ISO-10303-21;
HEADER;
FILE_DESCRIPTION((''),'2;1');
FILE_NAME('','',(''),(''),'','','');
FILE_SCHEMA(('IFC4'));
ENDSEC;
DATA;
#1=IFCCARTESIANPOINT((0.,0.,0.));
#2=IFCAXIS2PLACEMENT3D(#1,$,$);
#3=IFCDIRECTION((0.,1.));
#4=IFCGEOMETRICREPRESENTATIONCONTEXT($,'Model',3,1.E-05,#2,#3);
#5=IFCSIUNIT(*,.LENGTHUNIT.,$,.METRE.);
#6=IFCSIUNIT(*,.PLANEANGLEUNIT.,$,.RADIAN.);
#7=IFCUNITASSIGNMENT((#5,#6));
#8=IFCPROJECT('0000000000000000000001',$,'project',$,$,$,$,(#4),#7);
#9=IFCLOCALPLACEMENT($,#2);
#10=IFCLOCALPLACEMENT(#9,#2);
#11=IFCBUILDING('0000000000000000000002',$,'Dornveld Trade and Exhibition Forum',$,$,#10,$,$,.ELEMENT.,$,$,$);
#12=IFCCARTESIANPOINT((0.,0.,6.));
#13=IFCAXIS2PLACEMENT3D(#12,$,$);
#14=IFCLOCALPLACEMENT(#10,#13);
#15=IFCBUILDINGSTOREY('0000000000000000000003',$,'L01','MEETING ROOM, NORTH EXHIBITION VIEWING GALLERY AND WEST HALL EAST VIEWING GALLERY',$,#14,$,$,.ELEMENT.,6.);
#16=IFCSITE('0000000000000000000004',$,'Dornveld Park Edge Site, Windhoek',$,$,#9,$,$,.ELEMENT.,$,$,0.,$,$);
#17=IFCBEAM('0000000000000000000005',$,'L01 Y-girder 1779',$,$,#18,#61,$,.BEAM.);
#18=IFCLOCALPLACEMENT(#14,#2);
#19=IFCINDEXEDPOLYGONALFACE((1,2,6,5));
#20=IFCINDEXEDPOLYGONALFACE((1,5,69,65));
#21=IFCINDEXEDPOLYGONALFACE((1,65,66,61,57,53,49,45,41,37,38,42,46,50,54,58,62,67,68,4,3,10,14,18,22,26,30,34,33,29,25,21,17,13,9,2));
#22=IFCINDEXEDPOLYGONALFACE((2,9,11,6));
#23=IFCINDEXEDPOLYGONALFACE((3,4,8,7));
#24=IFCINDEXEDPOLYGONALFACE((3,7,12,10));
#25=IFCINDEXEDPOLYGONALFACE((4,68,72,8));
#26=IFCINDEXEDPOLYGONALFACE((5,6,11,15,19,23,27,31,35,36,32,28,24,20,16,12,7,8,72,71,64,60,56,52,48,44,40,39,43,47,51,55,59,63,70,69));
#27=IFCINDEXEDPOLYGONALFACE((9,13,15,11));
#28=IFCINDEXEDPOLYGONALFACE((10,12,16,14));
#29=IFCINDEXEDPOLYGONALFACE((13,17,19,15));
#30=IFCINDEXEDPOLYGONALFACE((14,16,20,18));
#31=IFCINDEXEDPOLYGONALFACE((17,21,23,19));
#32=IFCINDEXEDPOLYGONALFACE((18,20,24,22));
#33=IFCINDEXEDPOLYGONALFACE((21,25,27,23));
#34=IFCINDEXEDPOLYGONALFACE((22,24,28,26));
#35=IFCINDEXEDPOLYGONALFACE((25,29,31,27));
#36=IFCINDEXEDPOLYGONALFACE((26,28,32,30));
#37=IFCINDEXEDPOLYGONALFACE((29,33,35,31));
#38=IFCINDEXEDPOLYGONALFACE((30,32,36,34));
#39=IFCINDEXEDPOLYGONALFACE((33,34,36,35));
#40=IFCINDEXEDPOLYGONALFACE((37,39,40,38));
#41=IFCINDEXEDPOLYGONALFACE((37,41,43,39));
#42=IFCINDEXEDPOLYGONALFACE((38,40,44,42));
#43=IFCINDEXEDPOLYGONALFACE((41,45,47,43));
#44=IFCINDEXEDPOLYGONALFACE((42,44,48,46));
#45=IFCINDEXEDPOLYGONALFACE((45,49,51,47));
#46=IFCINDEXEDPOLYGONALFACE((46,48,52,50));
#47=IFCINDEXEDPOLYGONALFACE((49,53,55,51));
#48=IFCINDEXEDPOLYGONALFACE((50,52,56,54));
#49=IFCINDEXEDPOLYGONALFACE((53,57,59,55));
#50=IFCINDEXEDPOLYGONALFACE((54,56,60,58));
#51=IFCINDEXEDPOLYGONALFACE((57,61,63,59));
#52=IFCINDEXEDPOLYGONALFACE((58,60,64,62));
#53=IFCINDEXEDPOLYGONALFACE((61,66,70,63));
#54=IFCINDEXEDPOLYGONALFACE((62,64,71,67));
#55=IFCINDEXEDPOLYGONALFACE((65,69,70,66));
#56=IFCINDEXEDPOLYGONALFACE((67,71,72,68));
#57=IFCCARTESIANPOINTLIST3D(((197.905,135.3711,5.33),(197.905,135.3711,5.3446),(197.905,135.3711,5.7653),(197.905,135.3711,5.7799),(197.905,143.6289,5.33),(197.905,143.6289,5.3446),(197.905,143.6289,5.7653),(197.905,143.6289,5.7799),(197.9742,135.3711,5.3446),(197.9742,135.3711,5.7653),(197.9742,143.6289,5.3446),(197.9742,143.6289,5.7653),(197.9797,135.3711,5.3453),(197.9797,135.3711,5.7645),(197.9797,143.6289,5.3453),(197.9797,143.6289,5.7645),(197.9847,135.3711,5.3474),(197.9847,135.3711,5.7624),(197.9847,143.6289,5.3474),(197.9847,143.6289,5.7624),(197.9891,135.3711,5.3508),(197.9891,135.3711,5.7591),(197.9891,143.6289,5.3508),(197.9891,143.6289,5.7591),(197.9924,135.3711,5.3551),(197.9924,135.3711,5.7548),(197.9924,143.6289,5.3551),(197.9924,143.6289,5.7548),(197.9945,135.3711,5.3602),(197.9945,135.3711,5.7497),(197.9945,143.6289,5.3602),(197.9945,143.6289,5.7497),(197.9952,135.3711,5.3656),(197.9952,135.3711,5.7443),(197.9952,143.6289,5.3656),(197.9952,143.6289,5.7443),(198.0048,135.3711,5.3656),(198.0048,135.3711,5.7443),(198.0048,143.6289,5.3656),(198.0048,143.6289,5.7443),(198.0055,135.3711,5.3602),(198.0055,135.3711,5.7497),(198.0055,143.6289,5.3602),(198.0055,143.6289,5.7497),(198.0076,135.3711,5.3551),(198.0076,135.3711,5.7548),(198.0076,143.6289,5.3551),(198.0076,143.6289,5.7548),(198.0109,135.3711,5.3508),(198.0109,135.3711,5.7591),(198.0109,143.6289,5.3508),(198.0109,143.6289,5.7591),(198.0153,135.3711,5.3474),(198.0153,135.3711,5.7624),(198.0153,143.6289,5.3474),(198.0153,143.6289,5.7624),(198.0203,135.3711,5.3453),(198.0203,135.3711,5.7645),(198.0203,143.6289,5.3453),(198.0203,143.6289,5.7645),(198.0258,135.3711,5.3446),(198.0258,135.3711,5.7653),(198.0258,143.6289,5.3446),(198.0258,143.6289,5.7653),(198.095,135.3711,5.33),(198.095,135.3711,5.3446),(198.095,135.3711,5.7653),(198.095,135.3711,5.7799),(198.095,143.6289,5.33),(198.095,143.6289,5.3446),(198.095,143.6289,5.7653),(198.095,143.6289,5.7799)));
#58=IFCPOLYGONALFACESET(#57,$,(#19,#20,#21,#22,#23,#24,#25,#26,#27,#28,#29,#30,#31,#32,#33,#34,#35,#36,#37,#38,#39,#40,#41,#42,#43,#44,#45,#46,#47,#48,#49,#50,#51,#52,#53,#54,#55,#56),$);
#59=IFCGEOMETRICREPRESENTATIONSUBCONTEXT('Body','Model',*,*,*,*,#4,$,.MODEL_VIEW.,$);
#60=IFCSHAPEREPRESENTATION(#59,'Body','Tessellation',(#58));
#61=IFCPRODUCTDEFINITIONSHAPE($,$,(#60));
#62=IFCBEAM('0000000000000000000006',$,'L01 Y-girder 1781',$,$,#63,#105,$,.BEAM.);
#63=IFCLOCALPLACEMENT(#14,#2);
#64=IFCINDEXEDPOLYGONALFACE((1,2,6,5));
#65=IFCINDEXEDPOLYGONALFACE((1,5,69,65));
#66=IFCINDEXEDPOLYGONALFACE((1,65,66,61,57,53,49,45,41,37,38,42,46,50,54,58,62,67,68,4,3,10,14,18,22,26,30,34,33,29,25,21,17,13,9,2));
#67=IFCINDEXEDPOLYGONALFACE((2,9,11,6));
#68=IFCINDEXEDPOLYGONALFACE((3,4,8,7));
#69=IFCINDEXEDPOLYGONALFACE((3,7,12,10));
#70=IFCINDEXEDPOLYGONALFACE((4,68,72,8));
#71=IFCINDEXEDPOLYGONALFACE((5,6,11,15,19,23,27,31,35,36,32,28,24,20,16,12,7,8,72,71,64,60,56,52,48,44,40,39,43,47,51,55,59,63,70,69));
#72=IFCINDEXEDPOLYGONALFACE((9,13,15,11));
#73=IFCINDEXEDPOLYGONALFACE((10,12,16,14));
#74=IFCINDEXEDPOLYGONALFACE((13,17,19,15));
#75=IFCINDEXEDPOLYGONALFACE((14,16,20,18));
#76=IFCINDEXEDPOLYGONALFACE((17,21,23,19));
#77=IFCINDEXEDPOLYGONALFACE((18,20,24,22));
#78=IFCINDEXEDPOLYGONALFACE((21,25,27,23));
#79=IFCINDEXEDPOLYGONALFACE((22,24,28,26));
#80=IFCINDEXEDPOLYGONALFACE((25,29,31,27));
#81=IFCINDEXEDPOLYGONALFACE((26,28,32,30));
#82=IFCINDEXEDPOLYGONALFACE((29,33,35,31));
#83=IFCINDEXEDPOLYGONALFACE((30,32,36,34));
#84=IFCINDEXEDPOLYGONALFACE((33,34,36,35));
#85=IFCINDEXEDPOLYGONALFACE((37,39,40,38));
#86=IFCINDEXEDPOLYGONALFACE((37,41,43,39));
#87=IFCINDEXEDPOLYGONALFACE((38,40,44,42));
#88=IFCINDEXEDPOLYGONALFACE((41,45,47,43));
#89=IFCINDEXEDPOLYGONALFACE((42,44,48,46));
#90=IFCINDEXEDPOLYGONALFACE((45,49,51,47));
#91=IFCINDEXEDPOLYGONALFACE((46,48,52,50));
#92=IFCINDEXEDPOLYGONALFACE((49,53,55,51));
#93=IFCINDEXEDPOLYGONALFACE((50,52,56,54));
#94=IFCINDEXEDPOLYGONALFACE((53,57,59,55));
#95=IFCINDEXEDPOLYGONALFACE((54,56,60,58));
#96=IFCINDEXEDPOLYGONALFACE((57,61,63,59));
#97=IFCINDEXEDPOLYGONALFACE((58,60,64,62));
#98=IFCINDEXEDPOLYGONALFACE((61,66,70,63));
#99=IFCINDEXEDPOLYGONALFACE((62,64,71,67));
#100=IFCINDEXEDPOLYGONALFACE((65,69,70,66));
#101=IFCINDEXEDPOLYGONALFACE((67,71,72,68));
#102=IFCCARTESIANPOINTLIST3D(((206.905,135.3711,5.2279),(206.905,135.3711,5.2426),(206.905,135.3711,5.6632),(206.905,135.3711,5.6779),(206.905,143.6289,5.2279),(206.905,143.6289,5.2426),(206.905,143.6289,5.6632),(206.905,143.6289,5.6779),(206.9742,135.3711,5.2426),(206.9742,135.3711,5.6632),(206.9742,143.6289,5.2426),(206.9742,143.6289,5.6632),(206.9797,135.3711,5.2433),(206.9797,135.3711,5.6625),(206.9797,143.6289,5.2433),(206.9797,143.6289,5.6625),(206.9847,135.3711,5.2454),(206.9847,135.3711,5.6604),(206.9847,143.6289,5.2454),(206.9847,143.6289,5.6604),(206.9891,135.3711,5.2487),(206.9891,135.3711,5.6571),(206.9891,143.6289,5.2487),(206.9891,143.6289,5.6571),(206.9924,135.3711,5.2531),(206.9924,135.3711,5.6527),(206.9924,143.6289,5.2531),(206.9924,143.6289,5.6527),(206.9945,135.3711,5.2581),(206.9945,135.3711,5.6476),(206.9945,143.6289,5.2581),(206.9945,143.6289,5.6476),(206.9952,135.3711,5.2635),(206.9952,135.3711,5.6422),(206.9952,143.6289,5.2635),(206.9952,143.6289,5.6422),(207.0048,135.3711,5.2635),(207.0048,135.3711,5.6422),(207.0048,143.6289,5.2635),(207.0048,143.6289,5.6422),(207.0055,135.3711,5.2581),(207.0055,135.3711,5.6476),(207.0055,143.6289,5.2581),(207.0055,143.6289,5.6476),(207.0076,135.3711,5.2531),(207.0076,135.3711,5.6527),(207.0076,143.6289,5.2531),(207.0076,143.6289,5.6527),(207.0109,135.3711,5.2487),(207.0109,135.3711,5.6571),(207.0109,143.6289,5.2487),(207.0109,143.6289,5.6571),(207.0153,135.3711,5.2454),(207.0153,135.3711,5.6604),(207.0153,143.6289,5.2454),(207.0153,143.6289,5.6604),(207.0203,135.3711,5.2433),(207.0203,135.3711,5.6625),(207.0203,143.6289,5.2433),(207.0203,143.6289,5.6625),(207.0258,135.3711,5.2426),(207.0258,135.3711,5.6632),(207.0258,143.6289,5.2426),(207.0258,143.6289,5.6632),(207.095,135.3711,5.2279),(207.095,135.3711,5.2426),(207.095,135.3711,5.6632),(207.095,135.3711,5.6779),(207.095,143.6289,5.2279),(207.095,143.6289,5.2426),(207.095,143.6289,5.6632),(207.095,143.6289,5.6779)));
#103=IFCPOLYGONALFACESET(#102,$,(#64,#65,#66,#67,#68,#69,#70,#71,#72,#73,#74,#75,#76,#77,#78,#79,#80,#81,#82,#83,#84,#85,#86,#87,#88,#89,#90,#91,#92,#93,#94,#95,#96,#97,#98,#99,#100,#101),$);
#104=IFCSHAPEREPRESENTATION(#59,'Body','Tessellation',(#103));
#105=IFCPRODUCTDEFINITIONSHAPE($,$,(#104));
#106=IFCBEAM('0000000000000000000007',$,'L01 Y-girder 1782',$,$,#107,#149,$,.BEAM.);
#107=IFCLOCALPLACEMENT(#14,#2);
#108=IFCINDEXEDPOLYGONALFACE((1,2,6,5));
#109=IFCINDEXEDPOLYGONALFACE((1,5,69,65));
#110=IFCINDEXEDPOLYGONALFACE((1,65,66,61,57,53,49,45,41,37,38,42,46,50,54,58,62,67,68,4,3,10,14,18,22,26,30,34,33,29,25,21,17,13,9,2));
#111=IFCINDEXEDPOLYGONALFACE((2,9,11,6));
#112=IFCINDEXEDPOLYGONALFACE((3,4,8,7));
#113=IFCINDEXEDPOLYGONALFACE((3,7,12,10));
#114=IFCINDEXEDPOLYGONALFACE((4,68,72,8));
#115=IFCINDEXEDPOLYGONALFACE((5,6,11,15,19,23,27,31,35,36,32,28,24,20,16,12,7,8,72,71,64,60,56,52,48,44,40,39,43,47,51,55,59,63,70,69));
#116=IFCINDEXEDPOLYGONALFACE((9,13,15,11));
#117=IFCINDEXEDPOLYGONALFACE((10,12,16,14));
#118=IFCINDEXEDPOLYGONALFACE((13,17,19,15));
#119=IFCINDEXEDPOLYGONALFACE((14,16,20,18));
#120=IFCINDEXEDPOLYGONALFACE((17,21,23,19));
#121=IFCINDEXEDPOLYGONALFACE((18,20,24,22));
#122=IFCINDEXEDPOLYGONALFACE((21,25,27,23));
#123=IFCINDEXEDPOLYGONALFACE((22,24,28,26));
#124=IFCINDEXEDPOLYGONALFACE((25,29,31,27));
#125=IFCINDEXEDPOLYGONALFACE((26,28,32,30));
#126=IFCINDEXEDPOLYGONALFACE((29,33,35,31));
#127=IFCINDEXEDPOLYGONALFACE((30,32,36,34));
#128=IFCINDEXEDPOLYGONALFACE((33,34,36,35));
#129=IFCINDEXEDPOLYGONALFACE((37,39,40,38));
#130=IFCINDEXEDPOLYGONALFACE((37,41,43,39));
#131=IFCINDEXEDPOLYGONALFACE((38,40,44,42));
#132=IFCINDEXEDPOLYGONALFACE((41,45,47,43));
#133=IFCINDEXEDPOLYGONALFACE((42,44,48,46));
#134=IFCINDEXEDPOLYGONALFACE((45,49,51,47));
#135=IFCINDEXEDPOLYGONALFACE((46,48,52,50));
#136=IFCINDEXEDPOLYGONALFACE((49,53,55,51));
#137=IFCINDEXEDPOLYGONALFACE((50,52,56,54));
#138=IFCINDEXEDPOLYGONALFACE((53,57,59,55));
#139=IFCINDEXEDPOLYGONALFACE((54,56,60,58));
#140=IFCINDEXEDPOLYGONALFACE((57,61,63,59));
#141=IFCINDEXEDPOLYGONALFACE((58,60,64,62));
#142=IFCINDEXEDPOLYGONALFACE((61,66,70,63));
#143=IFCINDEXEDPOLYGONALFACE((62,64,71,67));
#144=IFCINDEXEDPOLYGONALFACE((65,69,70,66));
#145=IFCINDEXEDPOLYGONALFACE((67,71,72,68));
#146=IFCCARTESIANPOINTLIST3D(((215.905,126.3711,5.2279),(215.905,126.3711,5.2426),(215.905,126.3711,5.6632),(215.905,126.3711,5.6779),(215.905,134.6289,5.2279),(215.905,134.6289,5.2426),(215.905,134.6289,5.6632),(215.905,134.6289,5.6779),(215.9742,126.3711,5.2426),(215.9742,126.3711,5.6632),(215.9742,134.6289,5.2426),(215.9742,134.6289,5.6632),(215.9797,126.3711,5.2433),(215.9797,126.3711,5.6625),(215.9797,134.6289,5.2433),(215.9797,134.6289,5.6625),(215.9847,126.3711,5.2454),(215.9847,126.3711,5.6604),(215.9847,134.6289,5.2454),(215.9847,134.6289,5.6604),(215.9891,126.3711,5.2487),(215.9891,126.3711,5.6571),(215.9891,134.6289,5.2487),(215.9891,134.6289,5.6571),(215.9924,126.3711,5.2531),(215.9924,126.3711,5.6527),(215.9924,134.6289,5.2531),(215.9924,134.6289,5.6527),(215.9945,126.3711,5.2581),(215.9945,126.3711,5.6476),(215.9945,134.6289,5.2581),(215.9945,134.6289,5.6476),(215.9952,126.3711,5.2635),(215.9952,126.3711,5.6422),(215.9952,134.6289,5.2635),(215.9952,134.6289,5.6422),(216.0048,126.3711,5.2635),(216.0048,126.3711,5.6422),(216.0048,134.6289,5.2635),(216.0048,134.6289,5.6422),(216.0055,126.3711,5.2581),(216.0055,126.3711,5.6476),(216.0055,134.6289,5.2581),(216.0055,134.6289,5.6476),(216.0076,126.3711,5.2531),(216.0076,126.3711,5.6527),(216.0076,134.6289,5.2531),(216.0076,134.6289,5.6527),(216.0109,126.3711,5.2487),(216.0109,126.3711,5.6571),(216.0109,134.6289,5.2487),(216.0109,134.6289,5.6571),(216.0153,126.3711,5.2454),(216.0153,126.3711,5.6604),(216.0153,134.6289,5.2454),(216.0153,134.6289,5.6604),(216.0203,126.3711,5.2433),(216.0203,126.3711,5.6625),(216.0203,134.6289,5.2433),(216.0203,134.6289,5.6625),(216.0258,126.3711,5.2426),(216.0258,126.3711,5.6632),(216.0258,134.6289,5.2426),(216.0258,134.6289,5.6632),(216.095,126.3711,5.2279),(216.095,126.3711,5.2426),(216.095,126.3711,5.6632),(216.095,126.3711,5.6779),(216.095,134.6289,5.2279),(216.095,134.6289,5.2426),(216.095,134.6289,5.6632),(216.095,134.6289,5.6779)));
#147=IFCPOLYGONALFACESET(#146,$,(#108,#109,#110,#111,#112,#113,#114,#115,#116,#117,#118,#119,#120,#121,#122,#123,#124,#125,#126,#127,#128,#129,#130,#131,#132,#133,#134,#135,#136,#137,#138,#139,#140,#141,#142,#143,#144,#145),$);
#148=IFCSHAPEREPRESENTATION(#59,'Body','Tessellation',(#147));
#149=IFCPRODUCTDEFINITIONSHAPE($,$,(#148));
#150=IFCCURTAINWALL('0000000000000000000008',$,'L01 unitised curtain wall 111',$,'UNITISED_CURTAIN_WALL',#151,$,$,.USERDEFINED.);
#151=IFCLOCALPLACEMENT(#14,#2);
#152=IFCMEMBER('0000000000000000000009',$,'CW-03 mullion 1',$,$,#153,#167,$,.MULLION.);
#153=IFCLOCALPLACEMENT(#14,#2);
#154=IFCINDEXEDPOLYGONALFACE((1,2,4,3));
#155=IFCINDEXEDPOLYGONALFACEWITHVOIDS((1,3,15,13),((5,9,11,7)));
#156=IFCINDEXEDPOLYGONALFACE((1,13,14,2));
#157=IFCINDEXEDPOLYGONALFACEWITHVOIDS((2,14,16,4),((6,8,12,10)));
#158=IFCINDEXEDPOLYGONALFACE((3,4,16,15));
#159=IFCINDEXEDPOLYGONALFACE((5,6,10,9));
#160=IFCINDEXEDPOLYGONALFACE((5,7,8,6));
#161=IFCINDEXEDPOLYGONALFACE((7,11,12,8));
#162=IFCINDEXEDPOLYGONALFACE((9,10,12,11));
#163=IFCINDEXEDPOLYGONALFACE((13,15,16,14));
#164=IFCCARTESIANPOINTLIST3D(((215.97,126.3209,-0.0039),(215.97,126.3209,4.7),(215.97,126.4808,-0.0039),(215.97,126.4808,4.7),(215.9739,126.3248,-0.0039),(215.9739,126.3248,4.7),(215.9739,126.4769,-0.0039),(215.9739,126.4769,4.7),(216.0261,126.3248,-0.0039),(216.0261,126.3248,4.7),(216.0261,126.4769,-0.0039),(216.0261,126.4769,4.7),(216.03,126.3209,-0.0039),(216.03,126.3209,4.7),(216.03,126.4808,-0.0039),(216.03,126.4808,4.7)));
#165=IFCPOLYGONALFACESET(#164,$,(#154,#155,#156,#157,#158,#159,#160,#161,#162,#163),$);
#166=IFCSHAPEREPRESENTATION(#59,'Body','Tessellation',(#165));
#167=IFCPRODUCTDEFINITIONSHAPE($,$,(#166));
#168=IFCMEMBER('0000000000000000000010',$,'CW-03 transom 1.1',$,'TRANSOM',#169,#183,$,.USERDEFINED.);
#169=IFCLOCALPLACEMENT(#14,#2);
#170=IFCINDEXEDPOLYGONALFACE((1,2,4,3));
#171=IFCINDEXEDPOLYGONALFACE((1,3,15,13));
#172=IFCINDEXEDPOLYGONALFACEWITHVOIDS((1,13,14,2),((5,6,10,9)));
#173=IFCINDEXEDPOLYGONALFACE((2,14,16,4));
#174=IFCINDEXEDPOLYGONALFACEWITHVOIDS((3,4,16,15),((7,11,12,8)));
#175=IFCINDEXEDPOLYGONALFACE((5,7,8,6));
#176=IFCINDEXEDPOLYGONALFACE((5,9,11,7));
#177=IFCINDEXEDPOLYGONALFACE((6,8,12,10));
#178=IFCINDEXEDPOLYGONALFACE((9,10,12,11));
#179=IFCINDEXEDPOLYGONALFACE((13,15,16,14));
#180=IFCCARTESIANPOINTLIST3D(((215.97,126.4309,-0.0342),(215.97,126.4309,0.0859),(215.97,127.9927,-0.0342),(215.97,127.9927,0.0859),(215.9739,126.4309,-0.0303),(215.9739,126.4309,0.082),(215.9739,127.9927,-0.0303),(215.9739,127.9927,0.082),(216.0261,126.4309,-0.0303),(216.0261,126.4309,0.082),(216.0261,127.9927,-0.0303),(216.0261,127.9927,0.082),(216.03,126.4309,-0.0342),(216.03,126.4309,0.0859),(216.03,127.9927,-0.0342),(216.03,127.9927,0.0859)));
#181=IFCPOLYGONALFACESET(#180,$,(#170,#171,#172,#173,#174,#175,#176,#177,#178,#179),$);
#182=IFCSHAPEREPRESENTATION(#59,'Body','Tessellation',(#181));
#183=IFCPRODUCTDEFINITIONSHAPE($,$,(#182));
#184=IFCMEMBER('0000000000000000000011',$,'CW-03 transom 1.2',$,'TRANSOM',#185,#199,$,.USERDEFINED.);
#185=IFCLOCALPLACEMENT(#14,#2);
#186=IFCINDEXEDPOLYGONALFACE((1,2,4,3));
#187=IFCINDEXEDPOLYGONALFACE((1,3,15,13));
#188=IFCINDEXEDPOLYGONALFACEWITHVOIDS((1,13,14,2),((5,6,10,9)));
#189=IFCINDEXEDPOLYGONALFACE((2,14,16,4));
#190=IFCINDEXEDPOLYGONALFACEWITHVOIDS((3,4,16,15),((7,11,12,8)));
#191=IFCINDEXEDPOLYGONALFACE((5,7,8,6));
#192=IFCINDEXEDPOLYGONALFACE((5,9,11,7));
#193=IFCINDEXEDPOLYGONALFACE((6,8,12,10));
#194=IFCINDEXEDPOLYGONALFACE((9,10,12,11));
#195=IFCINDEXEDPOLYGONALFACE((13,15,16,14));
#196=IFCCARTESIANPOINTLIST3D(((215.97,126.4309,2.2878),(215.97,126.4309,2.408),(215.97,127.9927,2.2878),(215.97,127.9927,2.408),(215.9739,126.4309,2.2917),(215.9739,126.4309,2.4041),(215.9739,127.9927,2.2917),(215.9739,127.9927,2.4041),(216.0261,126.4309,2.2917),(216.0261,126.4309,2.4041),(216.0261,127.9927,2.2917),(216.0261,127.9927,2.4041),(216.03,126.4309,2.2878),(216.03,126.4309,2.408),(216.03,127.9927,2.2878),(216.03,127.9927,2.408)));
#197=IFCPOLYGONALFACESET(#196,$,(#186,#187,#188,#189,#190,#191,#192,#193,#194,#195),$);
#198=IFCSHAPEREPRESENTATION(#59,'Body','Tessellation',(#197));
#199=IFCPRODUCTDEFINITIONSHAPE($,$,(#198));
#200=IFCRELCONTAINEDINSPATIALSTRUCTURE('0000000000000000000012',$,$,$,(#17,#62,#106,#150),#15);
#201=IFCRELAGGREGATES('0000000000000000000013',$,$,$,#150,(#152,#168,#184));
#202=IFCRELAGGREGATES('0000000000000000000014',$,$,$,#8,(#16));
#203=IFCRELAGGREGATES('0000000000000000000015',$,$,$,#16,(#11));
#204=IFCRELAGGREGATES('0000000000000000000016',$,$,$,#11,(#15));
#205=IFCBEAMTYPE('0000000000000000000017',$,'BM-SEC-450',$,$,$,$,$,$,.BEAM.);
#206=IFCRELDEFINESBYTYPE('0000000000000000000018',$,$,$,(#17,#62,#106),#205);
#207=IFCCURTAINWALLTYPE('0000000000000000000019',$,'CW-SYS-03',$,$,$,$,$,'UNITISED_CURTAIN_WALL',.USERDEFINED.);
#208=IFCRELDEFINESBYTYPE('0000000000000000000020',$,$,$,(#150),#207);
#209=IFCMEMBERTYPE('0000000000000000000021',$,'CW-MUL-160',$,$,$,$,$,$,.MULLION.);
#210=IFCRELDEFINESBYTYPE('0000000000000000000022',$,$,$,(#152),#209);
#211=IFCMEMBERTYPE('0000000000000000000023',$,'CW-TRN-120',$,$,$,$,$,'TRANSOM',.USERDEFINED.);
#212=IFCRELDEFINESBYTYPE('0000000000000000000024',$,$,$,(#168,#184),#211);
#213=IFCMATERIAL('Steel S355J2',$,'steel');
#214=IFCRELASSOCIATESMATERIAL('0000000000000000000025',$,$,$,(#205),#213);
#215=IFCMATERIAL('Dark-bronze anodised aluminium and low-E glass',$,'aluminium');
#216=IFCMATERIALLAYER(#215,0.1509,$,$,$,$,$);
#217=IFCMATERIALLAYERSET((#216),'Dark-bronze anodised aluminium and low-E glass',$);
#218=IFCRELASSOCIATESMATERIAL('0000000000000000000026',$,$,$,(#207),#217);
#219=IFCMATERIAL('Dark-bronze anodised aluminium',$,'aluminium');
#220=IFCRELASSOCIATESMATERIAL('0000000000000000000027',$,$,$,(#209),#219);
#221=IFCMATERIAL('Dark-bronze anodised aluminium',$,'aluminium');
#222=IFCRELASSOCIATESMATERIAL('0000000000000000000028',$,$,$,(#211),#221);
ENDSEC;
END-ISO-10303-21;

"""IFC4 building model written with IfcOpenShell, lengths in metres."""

from ifc_helpers import new_model, si_unit, direction, frame, origin, origin_2d, place, context, subcontext, project, spatial, hollow_rectangle, i_section, extrude, material, layer, layer_set, material_profile, profile_set, type_object, element, aggregate, save


model = new_model("IFC4")

# Units and contexts
model_context = context("Model", 3, precision=1e-05, world=origin(), true_north=direction((0.0, 1.0)))
body_context = subcontext(model_context, "Body", "Model", "MODEL_VIEW")
ifc_project = project(units=[si_unit("LENGTHUNIT", "METRE"), si_unit("PLANEANGLEUNIT", "RADIAN")], contexts=[model_context])

# Site, building, storey
site_placement = place(None, origin())
site = spatial("IfcSite", under=ifc_project, at=site_placement, Name="Dornveld Park Edge Site, Windhoek", CompositionType="ELEMENT", RefElevation=0.0)
building_placement = place(site_placement, origin())
building = spatial("IfcBuilding", under=site, at=building_placement, Name="Dornveld Trade and Exhibition Forum", CompositionType="ELEMENT")
storey_placement = place(building_placement, frame((0.0, 0.0, 6.0)))
storey = spatial("IfcBuildingStorey", under=building, at=storey_placement, Name="L01", Description="MEETING ROOM, NORTH EXHIBITION VIEWING GALLERY AND WEST HALL EAST VIEWING GALLERY", CompositionType="ELEMENT", Elevation=6.0)

# Beams
ifc_material_1 = material(Name="Steel S355J2", Category="steel")
ifc_material_profile_1 = material_profile(ifc_material_1, i_section(OverallWidth=0.1899, OverallDepth=0.45, WebThickness=0.0095, FlangeThickness=0.0146, FilletRadius=0.021, at=origin_2d()), Name="IPE 450")
ifc_profile_set_1 = profile_set([ifc_material_profile_1], Name="Steel S355J2")
beam_type_1 = type_object("IfcBeamType", Name="BM-SEC-450", PredefinedType="BEAM", material=ifc_profile_set_1)
for number, where, z_axis, x_axis, name in (
    (1, (198.0, 135.3711, 5.5549), (0.0, 1.0, 0.0), (-1.0, 0.0, 0.0), "L01 Y-girder 1779"),
    (2, (207.0, 135.3711, 5.4529), (0.0, 1.0, 0.0), (-1.0, 0.0, 0.0), "L01 Y-girder 1781"),
    (3, (216.0, 126.3711, 5.4529), (0.0, 1.0, 0.0), (-1.0, 0.0, 0.0), "L01 Y-girder 1782"),
):
    element("IfcBeam", number, at=place(storey_placement, frame(where, z_axis=z_axis, x_axis=x_axis)), inside=storey, type_object=beam_type_1, Name=name, PredefinedType="BEAM", context=body_context, shape_type="SweptSolid", body=[
        extrude(i_section(OverallWidth=0.1899, OverallDepth=0.45, WebThickness=0.0095, FlangeThickness=0.0146, FilletRadius=0.021, at=origin_2d()), origin(), (0.0, 0.0, 1.0), 8.2578),
    ])

# Curtain wall, members
ifc_material_2 = material(Name="Dark-bronze anodised aluminium and low-E glass", Category="aluminium")
ifc_layer = layer(ifc_material_2, 0.1509)
ifc_layer_set = layer_set([ifc_layer], Name="Dark-bronze anodised aluminium and low-E glass")
curtain_wall_type = type_object("IfcCurtainWallType", Name="CW-SYS-03", ElementType="UNITISED_CURTAIN_WALL", PredefinedType="USERDEFINED", material=ifc_layer_set)
curtain_wall_placement = place(storey_placement, origin())
curtain_wall = element("IfcCurtainWall", 4, at=curtain_wall_placement, inside=storey, type_object=curtain_wall_type, Name="L01 unitised curtain wall 111", ObjectType="UNITISED_CURTAIN_WALL", PredefinedType="USERDEFINED")
ifc_material_3 = material(Name="Dark-bronze anodised aluminium", Category="aluminium")
ifc_material_profile_2 = material_profile(ifc_material_3, hollow_rectangle(XDim=0.0601, YDim=0.1599, WallThickness=0.0039, at=origin_2d()), Name="RHS 160x60x4")
ifc_profile_set_2 = profile_set([ifc_material_profile_2], Name="Dark-bronze anodised aluminium")
member_type_1 = type_object("IfcMemberType", Name="CW-MUL-160", PredefinedType="MULLION", material=ifc_profile_set_2)
member_1_placement = place(storey_placement, frame((216.0, 126.4009, -0.0039), z_axis=(0.0, 0.0, 1.0), x_axis=(-1.0, 0.0, 0.0)))
member_1 = element("IfcMember", 5, at=member_1_placement, type_object=member_type_1, Name="CW-03 mullion 1", PredefinedType="MULLION", context=body_context, shape_type="SweptSolid", body=[
    extrude(hollow_rectangle(XDim=0.0601, YDim=0.1599, WallThickness=0.0039, at=origin_2d()), origin(), (0.0, 0.0, 1.0), 4.7039),
])
ifc_material_4 = material(Name="Dark-bronze anodised aluminium", Category="aluminium")
ifc_material_profile_3 = material_profile(ifc_material_4, hollow_rectangle(XDim=0.0601, YDim=0.1201, WallThickness=0.0039, at=origin_2d()), Name="RHS 120x60x4")
ifc_profile_set_3 = profile_set([ifc_material_profile_3], Name="Dark-bronze anodised aluminium")
member_type_2 = type_object("IfcMemberType", Name="CW-TRN-120", ElementType="TRANSOM", PredefinedType="USERDEFINED", material=ifc_profile_set_3)
member_2_placement = place(storey_placement, frame((216.0, 126.4309, 0.0259), z_axis=(0.0, 1.0, 0.0), x_axis=(-1.0, 0.0, 0.0)))
member_2 = element("IfcMember", 6, at=member_2_placement, type_object=member_type_2, Name="CW-03 transom 1.1", ObjectType="TRANSOM", PredefinedType="USERDEFINED", context=body_context, shape_type="SweptSolid", body=[
    extrude(hollow_rectangle(XDim=0.0601, YDim=0.1201, WallThickness=0.0039, at=origin_2d()), origin(), (0.0, 0.0, 1.0), 1.5618),
])
member_3_placement = place(storey_placement, frame((216.0, 126.4309, 2.3479), z_axis=(0.0, 1.0, 0.0), x_axis=(-1.0, 0.0, 0.0)))
member_3 = element("IfcMember", 7, at=member_3_placement, type_object=member_type_2, Name="CW-03 transom 1.2", ObjectType="TRANSOM", PredefinedType="USERDEFINED", context=body_context, shape_type="SweptSolid", body=[
    extrude(hollow_rectangle(XDim=0.0601, YDim=0.1201, WallThickness=0.0039, at=origin_2d()), origin(), (0.0, 0.0, 1.0), 1.5618),
])
aggregate(curtain_wall, [member_1, member_2, member_3])

save(model, "model.ifc")
